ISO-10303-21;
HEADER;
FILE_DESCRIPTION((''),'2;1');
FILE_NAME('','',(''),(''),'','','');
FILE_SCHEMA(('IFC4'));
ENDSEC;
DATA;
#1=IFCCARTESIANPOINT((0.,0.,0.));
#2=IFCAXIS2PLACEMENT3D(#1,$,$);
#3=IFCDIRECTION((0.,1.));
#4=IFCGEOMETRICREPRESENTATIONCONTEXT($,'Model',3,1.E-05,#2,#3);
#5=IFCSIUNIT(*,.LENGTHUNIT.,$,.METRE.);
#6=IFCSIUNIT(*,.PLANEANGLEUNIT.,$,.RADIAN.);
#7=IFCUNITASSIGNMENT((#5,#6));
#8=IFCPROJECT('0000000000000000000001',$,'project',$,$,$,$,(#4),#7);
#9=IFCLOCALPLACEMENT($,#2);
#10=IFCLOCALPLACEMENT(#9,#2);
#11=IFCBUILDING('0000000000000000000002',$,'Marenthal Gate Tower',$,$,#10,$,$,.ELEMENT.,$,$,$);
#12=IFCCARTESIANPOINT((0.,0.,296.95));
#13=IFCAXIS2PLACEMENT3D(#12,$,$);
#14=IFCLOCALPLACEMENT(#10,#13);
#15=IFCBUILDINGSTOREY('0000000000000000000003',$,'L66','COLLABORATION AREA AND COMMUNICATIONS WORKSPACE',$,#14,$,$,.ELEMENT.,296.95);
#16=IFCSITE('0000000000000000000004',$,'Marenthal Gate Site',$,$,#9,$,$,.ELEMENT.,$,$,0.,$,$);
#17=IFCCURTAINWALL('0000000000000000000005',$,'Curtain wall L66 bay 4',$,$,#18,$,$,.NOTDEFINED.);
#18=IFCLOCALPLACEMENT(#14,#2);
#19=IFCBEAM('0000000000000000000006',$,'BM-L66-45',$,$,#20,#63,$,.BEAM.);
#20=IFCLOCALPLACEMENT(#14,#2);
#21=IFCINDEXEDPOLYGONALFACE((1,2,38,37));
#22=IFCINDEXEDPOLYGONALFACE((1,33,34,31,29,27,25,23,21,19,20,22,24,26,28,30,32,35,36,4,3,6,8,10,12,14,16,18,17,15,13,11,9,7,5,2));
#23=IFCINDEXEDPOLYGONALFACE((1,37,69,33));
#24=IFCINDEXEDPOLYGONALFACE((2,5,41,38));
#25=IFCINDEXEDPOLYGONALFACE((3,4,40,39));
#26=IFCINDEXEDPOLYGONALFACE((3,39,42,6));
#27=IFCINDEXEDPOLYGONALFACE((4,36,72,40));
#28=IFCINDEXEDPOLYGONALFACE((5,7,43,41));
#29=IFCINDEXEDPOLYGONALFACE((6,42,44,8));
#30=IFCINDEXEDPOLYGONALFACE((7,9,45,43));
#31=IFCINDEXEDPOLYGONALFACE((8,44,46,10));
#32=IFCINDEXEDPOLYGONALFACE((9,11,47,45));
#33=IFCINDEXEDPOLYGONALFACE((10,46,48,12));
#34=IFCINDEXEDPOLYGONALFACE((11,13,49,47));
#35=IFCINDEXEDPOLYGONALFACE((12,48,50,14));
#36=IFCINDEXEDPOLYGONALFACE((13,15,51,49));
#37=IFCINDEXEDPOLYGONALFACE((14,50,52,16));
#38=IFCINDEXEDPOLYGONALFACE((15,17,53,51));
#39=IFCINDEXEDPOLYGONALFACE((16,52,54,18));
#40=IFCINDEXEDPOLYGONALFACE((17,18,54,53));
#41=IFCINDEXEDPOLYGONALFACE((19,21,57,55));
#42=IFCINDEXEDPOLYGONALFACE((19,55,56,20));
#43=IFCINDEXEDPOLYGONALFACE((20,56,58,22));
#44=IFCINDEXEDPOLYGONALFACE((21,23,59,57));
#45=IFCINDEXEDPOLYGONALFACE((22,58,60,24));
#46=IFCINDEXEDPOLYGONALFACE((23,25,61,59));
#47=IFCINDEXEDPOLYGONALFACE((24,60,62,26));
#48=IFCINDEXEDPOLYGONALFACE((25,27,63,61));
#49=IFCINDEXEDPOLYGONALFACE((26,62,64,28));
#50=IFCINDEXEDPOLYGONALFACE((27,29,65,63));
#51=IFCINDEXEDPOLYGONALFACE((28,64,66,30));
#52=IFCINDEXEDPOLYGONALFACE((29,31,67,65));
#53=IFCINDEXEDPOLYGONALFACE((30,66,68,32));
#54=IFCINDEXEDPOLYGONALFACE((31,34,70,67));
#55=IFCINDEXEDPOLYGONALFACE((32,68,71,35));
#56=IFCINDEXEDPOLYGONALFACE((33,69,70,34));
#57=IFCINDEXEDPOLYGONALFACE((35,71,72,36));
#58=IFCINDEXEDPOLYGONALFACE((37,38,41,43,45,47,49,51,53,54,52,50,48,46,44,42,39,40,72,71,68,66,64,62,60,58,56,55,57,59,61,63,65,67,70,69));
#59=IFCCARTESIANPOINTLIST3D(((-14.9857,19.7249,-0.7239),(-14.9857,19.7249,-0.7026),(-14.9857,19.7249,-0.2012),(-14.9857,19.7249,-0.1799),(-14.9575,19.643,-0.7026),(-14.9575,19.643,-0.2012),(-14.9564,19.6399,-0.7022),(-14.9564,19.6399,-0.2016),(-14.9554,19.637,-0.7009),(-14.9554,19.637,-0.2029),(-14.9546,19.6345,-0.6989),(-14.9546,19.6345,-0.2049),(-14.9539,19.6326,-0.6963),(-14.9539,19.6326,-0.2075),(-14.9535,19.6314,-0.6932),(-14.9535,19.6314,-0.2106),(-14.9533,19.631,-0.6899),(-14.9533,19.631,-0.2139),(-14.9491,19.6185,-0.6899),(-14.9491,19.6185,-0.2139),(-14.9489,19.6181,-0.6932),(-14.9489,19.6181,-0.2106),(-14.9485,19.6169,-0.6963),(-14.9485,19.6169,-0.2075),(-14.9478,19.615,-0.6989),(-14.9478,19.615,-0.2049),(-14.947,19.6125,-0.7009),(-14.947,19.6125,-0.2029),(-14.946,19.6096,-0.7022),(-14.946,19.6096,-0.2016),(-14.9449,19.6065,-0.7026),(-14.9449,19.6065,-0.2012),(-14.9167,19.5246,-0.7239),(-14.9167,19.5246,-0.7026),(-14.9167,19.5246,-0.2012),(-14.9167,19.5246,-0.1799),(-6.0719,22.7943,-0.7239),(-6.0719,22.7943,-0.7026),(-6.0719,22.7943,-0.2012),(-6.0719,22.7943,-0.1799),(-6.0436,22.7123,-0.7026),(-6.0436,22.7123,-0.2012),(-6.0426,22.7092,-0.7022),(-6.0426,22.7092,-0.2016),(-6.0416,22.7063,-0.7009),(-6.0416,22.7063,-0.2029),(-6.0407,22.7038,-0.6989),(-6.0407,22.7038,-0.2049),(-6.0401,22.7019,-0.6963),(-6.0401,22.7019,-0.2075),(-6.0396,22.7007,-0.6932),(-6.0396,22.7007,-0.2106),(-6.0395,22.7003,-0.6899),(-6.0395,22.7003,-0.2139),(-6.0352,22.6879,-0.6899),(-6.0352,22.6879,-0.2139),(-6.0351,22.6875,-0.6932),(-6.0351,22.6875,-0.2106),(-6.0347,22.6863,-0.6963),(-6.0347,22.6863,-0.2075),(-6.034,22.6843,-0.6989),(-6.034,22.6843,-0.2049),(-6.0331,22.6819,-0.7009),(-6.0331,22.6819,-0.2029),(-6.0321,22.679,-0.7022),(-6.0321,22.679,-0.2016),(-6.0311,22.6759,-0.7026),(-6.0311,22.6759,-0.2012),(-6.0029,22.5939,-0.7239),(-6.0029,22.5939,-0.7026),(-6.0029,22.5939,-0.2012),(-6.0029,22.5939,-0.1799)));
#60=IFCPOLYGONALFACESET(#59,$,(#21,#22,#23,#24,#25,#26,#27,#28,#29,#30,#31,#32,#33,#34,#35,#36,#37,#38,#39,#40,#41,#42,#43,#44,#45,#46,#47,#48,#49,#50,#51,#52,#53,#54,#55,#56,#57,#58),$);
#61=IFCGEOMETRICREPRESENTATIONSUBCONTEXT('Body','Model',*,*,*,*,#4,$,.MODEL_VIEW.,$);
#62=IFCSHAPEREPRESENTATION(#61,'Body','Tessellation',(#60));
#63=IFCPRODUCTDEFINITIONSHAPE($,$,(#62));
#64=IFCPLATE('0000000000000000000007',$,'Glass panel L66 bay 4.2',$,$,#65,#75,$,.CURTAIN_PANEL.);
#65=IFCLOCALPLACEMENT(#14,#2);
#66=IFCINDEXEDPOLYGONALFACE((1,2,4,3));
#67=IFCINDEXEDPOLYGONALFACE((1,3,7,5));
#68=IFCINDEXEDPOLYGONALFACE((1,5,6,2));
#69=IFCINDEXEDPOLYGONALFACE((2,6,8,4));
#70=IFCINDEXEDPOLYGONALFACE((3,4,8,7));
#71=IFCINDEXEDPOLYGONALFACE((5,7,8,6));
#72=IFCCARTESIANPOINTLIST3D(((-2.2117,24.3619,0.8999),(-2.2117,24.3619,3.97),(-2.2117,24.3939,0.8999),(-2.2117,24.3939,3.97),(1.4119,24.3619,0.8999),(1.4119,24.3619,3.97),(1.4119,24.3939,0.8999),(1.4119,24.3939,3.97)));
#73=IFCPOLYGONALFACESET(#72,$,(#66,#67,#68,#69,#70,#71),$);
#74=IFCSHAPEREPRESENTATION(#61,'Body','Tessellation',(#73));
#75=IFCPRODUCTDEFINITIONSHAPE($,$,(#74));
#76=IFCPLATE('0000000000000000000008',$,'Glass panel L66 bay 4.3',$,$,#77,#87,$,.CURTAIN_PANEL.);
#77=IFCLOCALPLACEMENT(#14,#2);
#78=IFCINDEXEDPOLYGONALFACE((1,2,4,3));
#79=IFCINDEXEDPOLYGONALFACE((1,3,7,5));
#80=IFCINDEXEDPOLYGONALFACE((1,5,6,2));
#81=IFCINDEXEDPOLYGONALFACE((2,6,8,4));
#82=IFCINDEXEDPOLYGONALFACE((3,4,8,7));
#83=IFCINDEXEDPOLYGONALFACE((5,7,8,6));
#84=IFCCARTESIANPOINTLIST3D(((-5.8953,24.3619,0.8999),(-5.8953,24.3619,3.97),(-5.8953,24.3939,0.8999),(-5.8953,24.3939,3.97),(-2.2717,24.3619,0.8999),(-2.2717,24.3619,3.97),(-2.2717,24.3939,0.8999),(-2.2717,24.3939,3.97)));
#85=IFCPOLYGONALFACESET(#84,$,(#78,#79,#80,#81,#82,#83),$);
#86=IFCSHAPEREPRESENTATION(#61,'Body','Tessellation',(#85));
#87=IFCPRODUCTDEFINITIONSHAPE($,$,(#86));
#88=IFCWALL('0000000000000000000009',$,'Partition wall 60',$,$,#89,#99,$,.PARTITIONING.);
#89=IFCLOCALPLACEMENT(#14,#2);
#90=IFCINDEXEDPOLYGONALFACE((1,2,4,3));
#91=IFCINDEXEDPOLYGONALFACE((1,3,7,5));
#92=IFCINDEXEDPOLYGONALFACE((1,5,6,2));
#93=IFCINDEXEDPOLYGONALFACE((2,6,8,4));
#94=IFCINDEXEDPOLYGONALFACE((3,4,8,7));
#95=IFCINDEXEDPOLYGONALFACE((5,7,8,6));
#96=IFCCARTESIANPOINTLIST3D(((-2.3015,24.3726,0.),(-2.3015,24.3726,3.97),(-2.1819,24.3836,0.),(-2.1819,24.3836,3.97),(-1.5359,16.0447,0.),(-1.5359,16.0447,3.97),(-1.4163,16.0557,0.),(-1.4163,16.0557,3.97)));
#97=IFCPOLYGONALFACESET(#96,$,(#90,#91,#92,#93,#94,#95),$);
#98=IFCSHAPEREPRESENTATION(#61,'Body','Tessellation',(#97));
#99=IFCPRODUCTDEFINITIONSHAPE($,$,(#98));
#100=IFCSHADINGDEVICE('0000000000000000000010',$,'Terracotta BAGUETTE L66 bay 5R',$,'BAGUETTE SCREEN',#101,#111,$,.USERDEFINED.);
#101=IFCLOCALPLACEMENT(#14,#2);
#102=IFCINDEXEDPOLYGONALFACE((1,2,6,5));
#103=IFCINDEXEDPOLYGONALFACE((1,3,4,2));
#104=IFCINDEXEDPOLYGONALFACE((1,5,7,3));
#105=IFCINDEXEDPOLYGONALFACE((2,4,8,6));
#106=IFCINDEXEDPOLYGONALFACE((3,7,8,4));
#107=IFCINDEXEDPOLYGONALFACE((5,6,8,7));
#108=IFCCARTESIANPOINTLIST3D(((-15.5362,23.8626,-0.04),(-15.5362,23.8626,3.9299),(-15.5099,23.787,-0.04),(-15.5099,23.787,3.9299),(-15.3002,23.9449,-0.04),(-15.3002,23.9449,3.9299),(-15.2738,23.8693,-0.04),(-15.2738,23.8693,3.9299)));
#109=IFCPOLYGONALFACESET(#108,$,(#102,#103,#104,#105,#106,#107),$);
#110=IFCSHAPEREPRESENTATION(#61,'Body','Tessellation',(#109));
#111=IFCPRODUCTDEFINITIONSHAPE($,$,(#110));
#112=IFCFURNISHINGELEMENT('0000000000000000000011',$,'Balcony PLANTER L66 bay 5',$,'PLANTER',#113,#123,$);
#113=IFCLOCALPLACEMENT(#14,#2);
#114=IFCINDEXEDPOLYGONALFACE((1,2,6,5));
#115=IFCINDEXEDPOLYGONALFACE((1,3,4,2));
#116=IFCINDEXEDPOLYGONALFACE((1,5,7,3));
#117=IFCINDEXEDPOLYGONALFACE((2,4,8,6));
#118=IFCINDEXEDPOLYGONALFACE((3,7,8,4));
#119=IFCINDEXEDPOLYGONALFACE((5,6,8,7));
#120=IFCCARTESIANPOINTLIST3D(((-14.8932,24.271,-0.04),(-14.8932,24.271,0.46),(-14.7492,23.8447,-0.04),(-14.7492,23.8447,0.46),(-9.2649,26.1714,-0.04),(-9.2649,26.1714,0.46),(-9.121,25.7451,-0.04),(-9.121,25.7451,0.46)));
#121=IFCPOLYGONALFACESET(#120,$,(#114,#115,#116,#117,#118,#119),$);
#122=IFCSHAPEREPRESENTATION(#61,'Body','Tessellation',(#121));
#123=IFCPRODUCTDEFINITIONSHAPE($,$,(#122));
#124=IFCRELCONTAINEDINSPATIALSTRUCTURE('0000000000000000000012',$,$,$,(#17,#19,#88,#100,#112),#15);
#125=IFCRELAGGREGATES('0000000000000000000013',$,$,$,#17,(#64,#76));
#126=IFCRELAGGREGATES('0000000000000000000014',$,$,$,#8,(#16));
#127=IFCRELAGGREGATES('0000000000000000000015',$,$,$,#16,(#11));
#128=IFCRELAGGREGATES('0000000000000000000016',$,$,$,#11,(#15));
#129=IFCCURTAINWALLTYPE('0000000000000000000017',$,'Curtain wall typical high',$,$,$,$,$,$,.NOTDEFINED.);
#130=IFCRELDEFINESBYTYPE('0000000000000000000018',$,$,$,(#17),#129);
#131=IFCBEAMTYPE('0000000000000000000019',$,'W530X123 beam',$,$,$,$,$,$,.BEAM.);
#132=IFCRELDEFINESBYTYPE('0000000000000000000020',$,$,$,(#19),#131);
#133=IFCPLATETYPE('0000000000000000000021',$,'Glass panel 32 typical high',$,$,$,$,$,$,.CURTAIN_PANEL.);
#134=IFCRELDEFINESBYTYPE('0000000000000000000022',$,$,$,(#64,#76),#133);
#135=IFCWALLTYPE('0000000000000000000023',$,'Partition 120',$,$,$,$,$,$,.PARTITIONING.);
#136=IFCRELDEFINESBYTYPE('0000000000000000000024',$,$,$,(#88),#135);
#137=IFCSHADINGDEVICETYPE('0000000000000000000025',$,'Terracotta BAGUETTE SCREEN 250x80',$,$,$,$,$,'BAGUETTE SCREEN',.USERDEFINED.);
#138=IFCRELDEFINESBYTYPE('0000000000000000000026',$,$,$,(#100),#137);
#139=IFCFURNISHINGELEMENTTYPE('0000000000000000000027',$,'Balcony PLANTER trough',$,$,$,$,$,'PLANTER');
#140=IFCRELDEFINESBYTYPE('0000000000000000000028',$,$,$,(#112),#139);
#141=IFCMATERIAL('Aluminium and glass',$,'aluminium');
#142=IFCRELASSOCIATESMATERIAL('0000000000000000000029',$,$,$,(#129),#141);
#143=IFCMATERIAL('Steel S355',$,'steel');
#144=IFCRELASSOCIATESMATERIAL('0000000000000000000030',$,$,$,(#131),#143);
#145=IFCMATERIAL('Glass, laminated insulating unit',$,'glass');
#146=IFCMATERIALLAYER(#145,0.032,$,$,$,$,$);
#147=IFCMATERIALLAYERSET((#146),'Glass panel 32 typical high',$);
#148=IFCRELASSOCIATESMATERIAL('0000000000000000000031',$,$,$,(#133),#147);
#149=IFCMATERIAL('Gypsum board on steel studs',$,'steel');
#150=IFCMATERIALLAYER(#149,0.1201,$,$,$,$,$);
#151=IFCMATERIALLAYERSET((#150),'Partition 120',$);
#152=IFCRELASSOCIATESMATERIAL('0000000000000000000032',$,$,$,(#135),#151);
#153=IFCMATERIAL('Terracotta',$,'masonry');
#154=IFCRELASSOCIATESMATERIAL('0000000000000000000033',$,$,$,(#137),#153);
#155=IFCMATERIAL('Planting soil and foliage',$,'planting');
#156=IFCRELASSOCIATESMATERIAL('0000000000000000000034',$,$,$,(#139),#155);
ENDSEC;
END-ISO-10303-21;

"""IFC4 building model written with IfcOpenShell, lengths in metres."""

from ifc_helpers import new_model, si_unit, direction, frame, frame_2d, origin, origin_2d, place, context, subcontext, project, spatial, rectangle, i_section, extrude, material, layer, layer_set, material_profile, profile_set, type_object, element, aggregate, save


model = new_model("IFC4")

# Units and contexts
model_context = context("Model", 3, precision=1e-05, world=origin(), true_north=direction((0.0, 1.0)))
body_context = subcontext(model_context, "Body", "Model", "MODEL_VIEW")
ifc_project = project(units=[si_unit("LENGTHUNIT", "METRE"), si_unit("PLANEANGLEUNIT", "RADIAN")], contexts=[model_context])

# Site, building, storey
site_placement = place(None, origin())
site = spatial("IfcSite", under=ifc_project, at=site_placement, Name="Marenthal Gate Site", CompositionType="ELEMENT", RefElevation=0.0)
building_placement = place(site_placement, origin())
building = spatial("IfcBuilding", under=site, at=building_placement, Name="Marenthal Gate Tower", CompositionType="ELEMENT")
storey_placement = place(building_placement, frame((0.0, 0.0, 296.95)))
storey = spatial("IfcBuildingStorey", under=building, at=storey_placement, Name="L66", Description="COLLABORATION AREA AND COMMUNICATIONS WORKSPACE", CompositionType="ELEMENT", Elevation=296.95)

# Curtain wall
ifc_material_1 = material(Name="Aluminium and glass", Category="aluminium")
curtain_wall_type = type_object("IfcCurtainWallType", Name="Curtain wall typical high", PredefinedType="NOTDEFINED", material=ifc_material_1)
curtain_wall_placement = place(storey_placement, origin())
curtain_wall = element("IfcCurtainWall", 1, at=curtain_wall_placement, inside=storey, type_object=curtain_wall_type, Name="Curtain wall L66 bay 4", PredefinedType="NOTDEFINED")

# Beam
ifc_material_2 = material(Name="Steel S355", Category="steel")
ifc_material_profile_1 = material_profile(ifc_material_2, i_section(OverallWidth=0.2119, OverallDepth=0.5439, WebThickness=0.0132, FlangeThickness=0.0212, FilletRadius=0.0127, at=origin_2d()), Name="W530X123")
ifc_profile_set_1 = profile_set([ifc_material_profile_1], Name="Steel S355")
beam_type_1 = type_object("IfcBeamType", Name="W530X123 beam", PredefinedType="BEAM", material=ifc_profile_set_1)
beam_1_placement = place(storey_placement, frame((-6.0374, 22.6941, -0.4519), z_axis=(-0.945517, -0.325574, 0.0), x_axis=(0.325574, -0.945517, 0.0)))
element("IfcBeam", 2, at=beam_1_placement, inside=storey, type_object=beam_type_1, Name="BM-L66-45", PredefinedType="BEAM", context=body_context, shape_type="SweptSolid", body=[
    extrude(i_section(OverallWidth=0.2119, OverallDepth=0.5439, WebThickness=0.0132, FlangeThickness=0.0212, FilletRadius=0.0127, at=origin_2d()), origin(), (0.0, 0.0, 1.0), 9.4275),
])

# Plates
ifc_material_3 = material(Name="Glass, laminated insulating unit", Category="glass")
ifc_layer_1 = layer(ifc_material_3, 0.032)
ifc_layer_set_1 = layer_set([ifc_layer_1], Name="Glass panel 32 typical high")
plate_type = type_object("IfcPlateType", Name="Glass panel 32 typical high", PredefinedType="CURTAIN_PANEL", material=ifc_layer_set_1)
plate_1_placement = place(storey_placement, frame((-0.3999, 24.3779, 0.8999), z_axis=(0.0, 0.0, 1.0), x_axis=(-1.0, 0.0, 0.0)))
plate_1 = element("IfcPlate", 3, at=plate_1_placement, type_object=plate_type, Name="Glass panel L66 bay 4.2", PredefinedType="CURTAIN_PANEL", context=body_context, shape_type="SweptSolid", body=[
    extrude(rectangle(XDim=3.6235, YDim=0.032, at=origin_2d()), origin(), (0.0, 0.0, 1.0), 3.0701),
])
plate_2_placement = place(storey_placement, frame((-4.0835, 24.3779, 0.8999), z_axis=(0.0, 0.0, 1.0), x_axis=(-1.0, 0.0, 0.0)))
plate_2 = element("IfcPlate", 4, at=plate_2_placement, type_object=plate_type, Name="Glass panel L66 bay 4.3", PredefinedType="CURTAIN_PANEL", context=body_context, shape_type="SweptSolid", body=[
    extrude(rectangle(XDim=3.6235, YDim=0.032, at=origin_2d()), origin(), (0.0, 0.0, 1.0), 3.0701),
])
aggregate(curtain_wall, [plate_1, plate_2])

# Wall
ifc_material_4 = material(Name="Gypsum board on steel studs", Category="steel")
ifc_layer_2 = layer(ifc_material_4, 0.1201)
ifc_layer_set_2 = layer_set([ifc_layer_2], Name="Partition 120")
wall_type_1 = type_object("IfcWallType", Name="Partition 120", PredefinedType="PARTITIONING", material=ifc_layer_set_2)
wall_1_placement = place(storey_placement, frame((-1.4761, 16.05, 0.0), z_axis=(0.0, 0.0, 1.0), x_axis=(-0.091549, 0.995801, 0.0)))
element("IfcWall", 5, at=wall_1_placement, inside=storey, type_object=wall_type_1, Name="Partition wall 60", PredefinedType="PARTITIONING", context=body_context, shape_type="SweptSolid", body=[
    extrude(rectangle(XDim=8.363, YDim=0.1201, at=frame_2d((4.1816, 0.0))), origin(), (0.0, 0.0, 1.0), 3.97),
])

# Shading device
ifc_material_5 = material(Name="Terracotta", Category="masonry")
ifc_material_profile_2 = material_profile(ifc_material_5, rectangle(XDim=0.25, YDim=0.0801, at=origin_2d()), Name="Terracotta baguette 250x80")
ifc_profile_set_2 = profile_set([ifc_material_profile_2], Name="Terracotta")
shading_device_type = type_object("IfcShadingDeviceType", Name="Terracotta BAGUETTE SCREEN 250x80", ElementType="BAGUETTE SCREEN", PredefinedType="USERDEFINED", material=ifc_profile_set_2)
shading_device_placement = place(storey_placement, frame((-15.405, 23.866, -0.04), z_axis=(0.0, 0.0, 1.0), x_axis=(-0.94428, -0.329144, 0.0)))
element("IfcShadingDevice", 6, at=shading_device_placement, inside=storey, type_object=shading_device_type, Name="Terracotta BAGUETTE L66 bay 5R", ObjectType="BAGUETTE SCREEN", PredefinedType="USERDEFINED", context=body_context, shape_type="SweptSolid", body=[
    extrude(rectangle(XDim=0.25, YDim=0.0801, at=origin_2d()), origin(), (0.0, 0.0, 1.0), 3.97),
])

# Furnishing element
ifc_material_6 = material(Name="Planting soil and foliage", Category="planting")
furnishing_element_type = type_object("IfcFurnishingElementType", Name="Balcony PLANTER trough", ElementType="PLANTER", material=ifc_material_6)
furnishing_placement = place(storey_placement, frame((-12.0071, 25.0081, -0.04), z_axis=(0.0, 0.0, 1.0), x_axis=(-0.947448, -0.31991, 0.0)))
element("IfcFurnishingElement", 7, at=furnishing_placement, inside=storey, type_object=furnishing_element_type, Name="Balcony PLANTER L66 bay 5", ObjectType="PLANTER", context=body_context, shape_type="SweptSolid", body=[
    extrude(rectangle(XDim=5.9404, YDim=0.45, at=origin_2d()), origin(), (0.0, 0.0, 1.0), 0.5),
])

save(model, "model.ifc")
